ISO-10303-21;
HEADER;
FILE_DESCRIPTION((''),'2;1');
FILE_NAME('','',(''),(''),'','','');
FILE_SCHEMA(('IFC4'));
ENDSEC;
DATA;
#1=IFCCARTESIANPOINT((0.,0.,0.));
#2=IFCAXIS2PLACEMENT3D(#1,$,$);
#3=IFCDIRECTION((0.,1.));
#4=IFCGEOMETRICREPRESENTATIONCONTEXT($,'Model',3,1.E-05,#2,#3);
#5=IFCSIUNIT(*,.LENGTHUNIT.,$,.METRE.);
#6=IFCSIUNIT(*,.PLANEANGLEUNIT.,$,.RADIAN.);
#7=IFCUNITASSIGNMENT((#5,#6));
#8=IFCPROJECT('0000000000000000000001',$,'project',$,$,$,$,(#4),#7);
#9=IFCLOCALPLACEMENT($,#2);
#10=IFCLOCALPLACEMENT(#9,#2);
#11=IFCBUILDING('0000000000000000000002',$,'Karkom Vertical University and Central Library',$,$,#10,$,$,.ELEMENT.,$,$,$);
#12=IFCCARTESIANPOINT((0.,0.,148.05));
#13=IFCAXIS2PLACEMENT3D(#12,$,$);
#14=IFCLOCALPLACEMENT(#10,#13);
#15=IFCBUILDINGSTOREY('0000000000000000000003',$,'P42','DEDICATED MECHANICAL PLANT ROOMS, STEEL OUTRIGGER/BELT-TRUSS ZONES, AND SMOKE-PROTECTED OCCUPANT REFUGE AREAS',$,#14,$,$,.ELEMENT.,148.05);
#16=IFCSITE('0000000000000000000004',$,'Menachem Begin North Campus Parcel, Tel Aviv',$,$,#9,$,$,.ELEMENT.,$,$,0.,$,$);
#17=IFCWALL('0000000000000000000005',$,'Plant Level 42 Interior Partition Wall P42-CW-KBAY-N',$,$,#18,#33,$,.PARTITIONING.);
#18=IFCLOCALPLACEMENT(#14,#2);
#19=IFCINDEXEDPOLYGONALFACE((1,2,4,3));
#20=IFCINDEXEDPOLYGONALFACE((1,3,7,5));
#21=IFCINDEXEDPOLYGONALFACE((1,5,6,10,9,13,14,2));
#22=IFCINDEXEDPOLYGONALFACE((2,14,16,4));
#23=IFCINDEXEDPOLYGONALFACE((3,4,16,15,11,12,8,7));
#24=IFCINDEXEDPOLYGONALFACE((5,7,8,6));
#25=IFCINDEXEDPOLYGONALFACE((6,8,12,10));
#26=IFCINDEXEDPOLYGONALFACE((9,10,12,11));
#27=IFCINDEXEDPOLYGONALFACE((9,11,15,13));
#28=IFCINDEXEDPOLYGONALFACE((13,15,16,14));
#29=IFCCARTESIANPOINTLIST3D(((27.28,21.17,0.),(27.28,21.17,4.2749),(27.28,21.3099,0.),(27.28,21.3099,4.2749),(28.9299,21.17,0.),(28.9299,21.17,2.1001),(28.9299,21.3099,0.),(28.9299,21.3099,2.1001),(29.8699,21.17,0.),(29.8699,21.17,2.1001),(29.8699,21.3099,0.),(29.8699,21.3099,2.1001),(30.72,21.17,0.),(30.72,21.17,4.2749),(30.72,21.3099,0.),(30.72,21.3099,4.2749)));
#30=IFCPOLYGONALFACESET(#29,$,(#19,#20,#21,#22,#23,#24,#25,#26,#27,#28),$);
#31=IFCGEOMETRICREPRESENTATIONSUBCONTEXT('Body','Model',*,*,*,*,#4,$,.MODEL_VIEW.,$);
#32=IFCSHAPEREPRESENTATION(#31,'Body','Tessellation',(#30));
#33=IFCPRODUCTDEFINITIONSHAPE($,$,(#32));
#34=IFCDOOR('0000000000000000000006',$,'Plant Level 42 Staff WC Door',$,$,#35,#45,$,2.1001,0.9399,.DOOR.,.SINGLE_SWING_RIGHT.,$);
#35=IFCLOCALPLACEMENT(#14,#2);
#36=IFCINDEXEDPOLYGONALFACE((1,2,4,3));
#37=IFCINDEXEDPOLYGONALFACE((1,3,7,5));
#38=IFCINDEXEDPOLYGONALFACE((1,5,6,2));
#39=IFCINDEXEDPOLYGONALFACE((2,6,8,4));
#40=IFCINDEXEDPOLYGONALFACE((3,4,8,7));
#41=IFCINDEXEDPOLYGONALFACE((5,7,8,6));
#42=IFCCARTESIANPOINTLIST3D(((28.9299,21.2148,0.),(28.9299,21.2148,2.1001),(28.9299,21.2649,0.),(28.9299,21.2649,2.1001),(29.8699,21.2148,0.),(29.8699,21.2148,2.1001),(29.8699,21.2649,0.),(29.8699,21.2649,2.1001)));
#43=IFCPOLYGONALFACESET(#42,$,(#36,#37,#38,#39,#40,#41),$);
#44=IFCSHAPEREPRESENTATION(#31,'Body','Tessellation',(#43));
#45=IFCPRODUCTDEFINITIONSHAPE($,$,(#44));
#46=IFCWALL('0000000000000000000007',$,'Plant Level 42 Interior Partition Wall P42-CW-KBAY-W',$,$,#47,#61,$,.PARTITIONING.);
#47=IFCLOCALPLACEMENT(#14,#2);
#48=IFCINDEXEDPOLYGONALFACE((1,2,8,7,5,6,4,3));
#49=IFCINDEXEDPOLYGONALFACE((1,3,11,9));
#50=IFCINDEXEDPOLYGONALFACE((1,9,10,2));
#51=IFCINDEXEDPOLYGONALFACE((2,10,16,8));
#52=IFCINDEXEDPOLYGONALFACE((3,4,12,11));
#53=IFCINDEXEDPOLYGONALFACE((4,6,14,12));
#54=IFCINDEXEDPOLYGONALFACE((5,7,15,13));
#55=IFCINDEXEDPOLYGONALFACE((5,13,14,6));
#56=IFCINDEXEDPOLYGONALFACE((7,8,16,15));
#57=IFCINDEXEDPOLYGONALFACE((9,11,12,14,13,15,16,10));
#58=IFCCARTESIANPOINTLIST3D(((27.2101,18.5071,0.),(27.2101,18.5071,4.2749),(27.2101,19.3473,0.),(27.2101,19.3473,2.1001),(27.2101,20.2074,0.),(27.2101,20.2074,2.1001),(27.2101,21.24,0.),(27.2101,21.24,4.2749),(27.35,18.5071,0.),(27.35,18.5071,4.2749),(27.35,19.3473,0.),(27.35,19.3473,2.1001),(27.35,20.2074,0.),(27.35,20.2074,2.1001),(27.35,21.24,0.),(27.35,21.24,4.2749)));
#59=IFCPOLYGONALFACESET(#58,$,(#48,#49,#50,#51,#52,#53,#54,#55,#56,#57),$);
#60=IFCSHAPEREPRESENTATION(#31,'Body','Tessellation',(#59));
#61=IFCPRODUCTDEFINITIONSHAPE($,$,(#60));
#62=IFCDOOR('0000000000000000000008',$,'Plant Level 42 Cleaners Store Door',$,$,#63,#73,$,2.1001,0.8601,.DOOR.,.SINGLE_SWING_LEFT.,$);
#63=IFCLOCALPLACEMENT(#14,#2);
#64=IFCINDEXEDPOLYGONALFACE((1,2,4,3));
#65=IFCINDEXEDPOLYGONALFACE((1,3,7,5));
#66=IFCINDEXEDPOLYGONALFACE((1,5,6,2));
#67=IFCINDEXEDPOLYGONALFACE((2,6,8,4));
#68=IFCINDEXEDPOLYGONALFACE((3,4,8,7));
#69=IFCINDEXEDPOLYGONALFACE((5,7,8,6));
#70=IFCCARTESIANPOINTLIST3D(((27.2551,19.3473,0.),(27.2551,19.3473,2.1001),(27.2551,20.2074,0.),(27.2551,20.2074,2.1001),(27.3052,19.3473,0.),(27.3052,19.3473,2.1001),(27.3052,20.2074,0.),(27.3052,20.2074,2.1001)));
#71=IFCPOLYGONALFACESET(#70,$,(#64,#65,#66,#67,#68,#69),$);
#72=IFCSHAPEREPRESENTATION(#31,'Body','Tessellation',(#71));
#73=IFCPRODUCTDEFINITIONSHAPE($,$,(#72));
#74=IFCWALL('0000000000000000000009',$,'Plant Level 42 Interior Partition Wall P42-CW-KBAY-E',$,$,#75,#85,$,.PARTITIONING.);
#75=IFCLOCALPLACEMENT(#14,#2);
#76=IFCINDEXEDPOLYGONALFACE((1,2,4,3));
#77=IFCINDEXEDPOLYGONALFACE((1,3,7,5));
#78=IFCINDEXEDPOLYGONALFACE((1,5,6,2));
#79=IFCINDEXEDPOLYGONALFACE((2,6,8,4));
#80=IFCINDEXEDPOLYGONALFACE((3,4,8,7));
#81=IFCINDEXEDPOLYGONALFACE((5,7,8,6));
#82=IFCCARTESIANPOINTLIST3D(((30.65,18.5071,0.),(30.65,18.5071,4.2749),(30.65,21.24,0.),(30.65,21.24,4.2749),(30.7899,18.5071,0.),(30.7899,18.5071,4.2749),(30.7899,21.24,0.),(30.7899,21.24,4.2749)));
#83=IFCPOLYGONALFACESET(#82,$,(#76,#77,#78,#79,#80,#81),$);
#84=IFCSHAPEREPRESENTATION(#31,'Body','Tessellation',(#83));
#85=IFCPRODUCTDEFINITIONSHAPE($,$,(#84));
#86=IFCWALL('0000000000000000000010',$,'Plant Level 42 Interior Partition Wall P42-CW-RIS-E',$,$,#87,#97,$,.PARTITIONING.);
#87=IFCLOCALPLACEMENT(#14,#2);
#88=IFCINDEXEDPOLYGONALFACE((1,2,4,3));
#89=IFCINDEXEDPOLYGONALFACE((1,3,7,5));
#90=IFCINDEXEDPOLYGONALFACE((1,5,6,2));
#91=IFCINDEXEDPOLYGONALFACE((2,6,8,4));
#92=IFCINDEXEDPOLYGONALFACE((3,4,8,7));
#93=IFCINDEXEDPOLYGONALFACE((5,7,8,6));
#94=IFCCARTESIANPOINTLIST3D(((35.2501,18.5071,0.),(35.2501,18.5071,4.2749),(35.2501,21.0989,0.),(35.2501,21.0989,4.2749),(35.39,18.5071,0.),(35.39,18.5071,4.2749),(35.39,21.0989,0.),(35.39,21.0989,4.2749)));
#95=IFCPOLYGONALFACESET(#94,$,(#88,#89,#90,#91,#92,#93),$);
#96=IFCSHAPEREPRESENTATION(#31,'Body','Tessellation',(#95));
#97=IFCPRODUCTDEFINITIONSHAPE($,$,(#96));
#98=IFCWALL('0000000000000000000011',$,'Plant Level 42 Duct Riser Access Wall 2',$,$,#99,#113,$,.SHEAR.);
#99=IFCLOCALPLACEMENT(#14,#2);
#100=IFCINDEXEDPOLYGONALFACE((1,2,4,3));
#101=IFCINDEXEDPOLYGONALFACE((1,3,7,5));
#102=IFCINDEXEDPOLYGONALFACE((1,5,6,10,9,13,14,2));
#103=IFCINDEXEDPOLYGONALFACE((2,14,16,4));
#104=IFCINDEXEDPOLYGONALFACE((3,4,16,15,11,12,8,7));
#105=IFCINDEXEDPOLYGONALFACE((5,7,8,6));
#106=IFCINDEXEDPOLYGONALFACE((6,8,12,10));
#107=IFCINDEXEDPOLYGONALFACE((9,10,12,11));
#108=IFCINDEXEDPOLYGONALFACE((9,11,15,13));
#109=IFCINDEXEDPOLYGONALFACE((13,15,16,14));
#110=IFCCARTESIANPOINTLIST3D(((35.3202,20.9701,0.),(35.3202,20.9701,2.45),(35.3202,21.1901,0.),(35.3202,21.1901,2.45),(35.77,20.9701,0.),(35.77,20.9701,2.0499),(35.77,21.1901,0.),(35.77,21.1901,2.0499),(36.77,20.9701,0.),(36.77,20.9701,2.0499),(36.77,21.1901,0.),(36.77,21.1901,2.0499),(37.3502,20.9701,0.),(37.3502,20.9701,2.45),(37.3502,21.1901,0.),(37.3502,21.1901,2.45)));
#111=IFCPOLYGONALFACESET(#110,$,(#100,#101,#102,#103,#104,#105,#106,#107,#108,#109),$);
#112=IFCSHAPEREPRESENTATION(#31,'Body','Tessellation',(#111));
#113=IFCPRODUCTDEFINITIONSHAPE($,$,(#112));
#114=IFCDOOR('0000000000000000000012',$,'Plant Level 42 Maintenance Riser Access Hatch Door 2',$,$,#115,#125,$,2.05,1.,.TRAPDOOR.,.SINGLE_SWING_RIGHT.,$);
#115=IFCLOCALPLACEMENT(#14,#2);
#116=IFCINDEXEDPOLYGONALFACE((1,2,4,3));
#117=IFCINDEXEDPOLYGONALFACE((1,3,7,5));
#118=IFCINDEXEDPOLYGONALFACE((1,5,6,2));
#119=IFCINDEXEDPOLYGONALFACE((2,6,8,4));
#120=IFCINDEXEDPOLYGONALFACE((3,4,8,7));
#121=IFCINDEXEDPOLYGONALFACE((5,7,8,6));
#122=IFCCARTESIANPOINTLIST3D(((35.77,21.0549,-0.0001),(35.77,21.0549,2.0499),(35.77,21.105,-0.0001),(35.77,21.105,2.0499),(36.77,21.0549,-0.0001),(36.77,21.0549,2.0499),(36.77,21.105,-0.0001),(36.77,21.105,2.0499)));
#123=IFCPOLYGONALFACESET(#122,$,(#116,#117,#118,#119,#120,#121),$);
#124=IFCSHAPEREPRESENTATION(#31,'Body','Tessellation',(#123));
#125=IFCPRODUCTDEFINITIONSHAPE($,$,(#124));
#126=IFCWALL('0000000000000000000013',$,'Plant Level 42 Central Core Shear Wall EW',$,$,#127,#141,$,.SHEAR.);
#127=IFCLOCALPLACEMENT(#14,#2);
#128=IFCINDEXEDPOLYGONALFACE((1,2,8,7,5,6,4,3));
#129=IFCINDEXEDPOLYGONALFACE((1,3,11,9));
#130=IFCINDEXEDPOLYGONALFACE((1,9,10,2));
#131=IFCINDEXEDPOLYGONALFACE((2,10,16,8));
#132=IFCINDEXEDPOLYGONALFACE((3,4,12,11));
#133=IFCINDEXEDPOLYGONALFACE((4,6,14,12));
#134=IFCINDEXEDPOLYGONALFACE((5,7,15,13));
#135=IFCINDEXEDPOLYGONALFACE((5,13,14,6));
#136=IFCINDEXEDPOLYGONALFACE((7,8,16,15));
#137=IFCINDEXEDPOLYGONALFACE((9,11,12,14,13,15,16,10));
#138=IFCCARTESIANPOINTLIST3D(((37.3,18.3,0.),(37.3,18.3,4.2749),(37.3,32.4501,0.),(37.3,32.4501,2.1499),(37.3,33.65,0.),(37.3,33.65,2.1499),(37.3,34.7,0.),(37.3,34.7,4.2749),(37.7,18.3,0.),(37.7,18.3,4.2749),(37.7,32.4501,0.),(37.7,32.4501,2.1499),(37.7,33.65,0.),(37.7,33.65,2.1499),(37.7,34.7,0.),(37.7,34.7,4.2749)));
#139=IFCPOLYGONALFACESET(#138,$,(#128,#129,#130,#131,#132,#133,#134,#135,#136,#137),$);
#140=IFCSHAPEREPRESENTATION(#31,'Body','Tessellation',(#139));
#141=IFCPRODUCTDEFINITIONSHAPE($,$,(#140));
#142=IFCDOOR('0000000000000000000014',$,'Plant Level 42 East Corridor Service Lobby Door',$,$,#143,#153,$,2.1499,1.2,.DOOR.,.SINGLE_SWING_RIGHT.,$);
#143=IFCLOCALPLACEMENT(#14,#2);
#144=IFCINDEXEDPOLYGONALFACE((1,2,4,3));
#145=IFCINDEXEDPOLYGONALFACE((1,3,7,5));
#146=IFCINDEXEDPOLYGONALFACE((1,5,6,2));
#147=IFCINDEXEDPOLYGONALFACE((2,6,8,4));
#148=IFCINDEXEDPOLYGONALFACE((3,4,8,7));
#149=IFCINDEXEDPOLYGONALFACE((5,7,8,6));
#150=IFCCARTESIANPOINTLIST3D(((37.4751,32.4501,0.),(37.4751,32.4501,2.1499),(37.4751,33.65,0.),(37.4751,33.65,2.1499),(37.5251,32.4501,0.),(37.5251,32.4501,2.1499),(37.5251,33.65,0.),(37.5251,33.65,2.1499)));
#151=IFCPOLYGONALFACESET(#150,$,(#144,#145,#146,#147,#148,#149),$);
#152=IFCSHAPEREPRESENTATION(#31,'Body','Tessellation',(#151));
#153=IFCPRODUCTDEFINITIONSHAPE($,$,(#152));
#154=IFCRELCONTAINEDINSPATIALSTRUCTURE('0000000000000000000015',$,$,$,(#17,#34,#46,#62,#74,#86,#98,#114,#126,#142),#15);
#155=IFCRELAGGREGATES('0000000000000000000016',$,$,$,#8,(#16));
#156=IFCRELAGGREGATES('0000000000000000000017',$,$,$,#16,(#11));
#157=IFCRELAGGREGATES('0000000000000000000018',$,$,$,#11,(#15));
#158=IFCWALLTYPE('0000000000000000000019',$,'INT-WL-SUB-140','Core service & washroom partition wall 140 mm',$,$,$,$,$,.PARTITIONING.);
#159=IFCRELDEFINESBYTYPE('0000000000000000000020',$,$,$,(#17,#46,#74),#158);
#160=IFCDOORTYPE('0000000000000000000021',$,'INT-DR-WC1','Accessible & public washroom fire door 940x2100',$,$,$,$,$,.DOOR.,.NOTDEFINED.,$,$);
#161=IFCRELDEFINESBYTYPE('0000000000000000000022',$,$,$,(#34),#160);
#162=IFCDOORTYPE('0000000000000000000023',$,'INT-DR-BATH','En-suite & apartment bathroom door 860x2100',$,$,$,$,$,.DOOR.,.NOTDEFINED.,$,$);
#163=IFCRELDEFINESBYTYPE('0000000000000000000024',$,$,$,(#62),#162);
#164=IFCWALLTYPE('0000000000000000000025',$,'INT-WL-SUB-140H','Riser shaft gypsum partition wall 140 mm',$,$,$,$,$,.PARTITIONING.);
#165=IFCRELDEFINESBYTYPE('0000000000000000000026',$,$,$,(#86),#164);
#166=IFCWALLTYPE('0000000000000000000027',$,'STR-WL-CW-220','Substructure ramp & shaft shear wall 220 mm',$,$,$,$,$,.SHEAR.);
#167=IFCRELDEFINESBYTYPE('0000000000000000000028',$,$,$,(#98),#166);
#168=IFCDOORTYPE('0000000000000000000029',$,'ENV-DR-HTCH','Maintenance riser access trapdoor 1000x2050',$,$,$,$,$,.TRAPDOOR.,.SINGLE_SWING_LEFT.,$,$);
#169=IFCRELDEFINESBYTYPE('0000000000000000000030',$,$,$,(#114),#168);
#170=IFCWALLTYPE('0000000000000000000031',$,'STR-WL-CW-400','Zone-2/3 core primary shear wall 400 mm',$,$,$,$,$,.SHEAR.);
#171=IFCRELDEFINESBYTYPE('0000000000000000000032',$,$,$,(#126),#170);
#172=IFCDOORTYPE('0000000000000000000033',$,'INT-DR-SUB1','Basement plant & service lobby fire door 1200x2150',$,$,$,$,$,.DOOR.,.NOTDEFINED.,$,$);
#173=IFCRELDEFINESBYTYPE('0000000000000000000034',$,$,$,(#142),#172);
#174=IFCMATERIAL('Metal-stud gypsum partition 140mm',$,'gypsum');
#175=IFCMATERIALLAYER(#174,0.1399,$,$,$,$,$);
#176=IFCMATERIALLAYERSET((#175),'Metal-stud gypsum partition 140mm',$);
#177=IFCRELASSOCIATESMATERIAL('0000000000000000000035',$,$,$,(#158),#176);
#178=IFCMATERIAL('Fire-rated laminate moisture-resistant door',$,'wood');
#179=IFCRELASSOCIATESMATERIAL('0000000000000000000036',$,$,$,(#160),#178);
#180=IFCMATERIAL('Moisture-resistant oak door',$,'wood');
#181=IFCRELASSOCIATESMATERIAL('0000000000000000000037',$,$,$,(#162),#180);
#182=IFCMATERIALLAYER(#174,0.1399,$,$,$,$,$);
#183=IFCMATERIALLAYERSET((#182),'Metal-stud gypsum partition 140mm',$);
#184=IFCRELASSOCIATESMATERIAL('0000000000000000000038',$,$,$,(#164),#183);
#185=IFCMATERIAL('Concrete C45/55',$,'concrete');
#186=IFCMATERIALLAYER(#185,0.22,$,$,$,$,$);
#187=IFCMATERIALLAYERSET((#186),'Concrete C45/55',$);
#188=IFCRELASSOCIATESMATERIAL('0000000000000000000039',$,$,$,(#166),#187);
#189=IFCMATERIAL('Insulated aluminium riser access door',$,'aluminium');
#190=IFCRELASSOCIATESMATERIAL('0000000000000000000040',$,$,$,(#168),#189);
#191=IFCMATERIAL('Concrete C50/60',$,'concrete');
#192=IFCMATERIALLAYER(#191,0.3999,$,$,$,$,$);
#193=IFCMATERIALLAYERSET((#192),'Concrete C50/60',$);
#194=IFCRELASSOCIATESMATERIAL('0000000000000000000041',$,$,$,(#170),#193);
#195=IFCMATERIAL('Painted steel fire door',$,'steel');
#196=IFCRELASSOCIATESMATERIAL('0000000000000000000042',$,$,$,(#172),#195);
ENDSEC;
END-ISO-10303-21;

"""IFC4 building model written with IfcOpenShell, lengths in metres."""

from ifc_helpers import new_model, si_unit, direction, frame, frame_2d, origin, origin_with_axes, place, context, subcontext, project, spatial, rectangle, extrude, source, transform, mapped, material, layer, layer_set, type_object, element, fill, save


model = new_model("IFC4")

# Units and contexts
model_context = context("Model", 3, precision=1e-05, world=origin(), true_north=direction((0.0, 1.0)))
body_context = subcontext(model_context, "Body", "Model", "MODEL_VIEW")
ifc_project = project(units=[si_unit("LENGTHUNIT", "METRE"), si_unit("PLANEANGLEUNIT", "RADIAN")], contexts=[model_context])

# Site, building, storey
site_placement = place(None, origin())
site = spatial("IfcSite", under=ifc_project, at=site_placement, Name="Menachem Begin North Campus Parcel, Tel Aviv", CompositionType="ELEMENT", RefElevation=0.0)
building_placement = place(site_placement, origin())
building = spatial("IfcBuilding", under=site, at=building_placement, Name="Karkom Vertical University and Central Library", CompositionType="ELEMENT")
storey_placement = place(building_placement, frame((0.0, 0.0, 148.05)))
storey = spatial("IfcBuildingStorey", under=building, at=storey_placement, Name="P42", Description="DEDICATED MECHANICAL PLANT ROOMS, STEEL OUTRIGGER/BELT-TRUSS ZONES, AND SMOKE-PROTECTED OCCUPANT REFUGE AREAS", CompositionType="ELEMENT", Elevation=148.05)

# Shared definitions
ifc_material_1 = material(Name="Concrete C50/60", Category="concrete")

# Walls, openings, doors
ifc_material_2 = material(Name="Metal-stud gypsum partition 140mm", Category="gypsum")
ifc_layer_1 = layer(ifc_material_2, 0.1399)
ifc_layer_set_1 = layer_set([ifc_layer_1], Name="Metal-stud gypsum partition 140mm")
wall_type_1 = type_object("IfcWallType", Name="INT-WL-SUB-140", Description="Core service & washroom partition wall 140 mm", PredefinedType="PARTITIONING", material=ifc_layer_set_1)
wall_1_placement = place(storey_placement, frame((27.28, 21.24, 0.0), z_axis=(0.0, 0.0, 1.0), x_axis=(1.0, 0.0, 0.0)))
wall_1 = element("IfcWall", 1, at=wall_1_placement, inside=storey, type_object=wall_type_1, Name="Plant Level 42 Interior Partition Wall P42-CW-KBAY-N", PredefinedType="PARTITIONING", context=body_context, shape_type="SweptSolid", body=[
    extrude(rectangle(XDim=3.4399, YDim=0.1399, at=frame_2d((1.72, 0.0))), origin(), (0.0, 0.0, 1.0), 4.2749),
])
opening_1_placement = place(wall_1_placement, frame((1.6499, 0.0, 0.0)))
opening_1 = element("IfcOpeningElement", 2, at=opening_1_placement, cuts=wall_1, PredefinedType="OPENING", context=body_context, shape_type="SweptSolid", body=[
    extrude(rectangle(XDim=0.9399, YDim=2.1001, at=frame_2d((0.47, 1.05))), frame((0.0, 0.0801, 0.0), z_axis=(0.0, -1.0, 0.0), x_axis=(1.0, 0.0, 0.0)), (0.0, 0.0, 1.0), 0.1599),
])
ifc_material_3 = material(Name="Fire-rated laminate moisture-resistant door", Category="wood")
door_type_1 = type_object("IfcDoorType", Name="INT-DR-WC1", Description="Accessible & public washroom fire door 940x2100", OperationType="NOTDEFINED", PredefinedType="DOOR", material=ifc_material_3)
shared_shape_1 = source(origin_with_axes(), body_context, "Body", "SweptSolid", [
    extrude(rectangle(XDim=0.9399, YDim=2.1001, at=frame_2d((0.47, 1.05))), frame((0.0, 0.0249, 0.0), z_axis=(0.0, -1.0, 0.0), x_axis=(1.0, 0.0, 0.0)), (0.0, 0.0, 1.0), 0.05),
])
door_1_placement = place(opening_1_placement, origin())
door_1 = element("IfcDoor", 3, at=door_1_placement, inside=storey, type_object=door_type_1, Name="Plant Level 42 Staff WC Door", OperationType="SINGLE_SWING_RIGHT", OverallHeight=2.1001, OverallWidth=0.9399, PredefinedType="DOOR", context=body_context, shape_type="MappedRepresentation", body=[
    mapped(shared_shape_1, transform((0.0, 0.0, 0.0), scale=1.0)),
])
fill(opening_1, door_1)
wall_2_placement = place(storey_placement, frame((27.28, 18.5071, 0.0), z_axis=(0.0, 0.0, 1.0), x_axis=(0.0, 1.0, 0.0)))
wall_2 = element("IfcWall", 4, at=wall_2_placement, inside=storey, type_object=wall_type_1, Name="Plant Level 42 Interior Partition Wall P42-CW-KBAY-W", PredefinedType="PARTITIONING", context=body_context, shape_type="SweptSolid", body=[
    extrude(rectangle(XDim=2.7329, YDim=0.1399, at=frame_2d((1.3665, 0.0))), origin(), (0.0, 0.0, 1.0), 4.2749),
])
opening_2_placement = place(wall_2_placement, frame((0.8401, 0.0, 0.0)))
opening_2 = element("IfcOpeningElement", 5, at=opening_2_placement, cuts=wall_2, PredefinedType="OPENING", context=body_context, shape_type="SweptSolid", body=[
    extrude(rectangle(XDim=0.8601, YDim=2.1001, at=frame_2d((0.4302, 1.05))), frame((0.0, 0.0801, 0.0), z_axis=(0.0, -1.0, 0.0), x_axis=(1.0, 0.0, 0.0)), (0.0, 0.0, 1.0), 0.1599),
])
ifc_material_4 = material(Name="Moisture-resistant oak door", Category="wood")
door_type_2 = type_object("IfcDoorType", Name="INT-DR-BATH", Description="En-suite & apartment bathroom door 860x2100", OperationType="NOTDEFINED", PredefinedType="DOOR", material=ifc_material_4)
shared_shape_2 = source(origin_with_axes(), body_context, "Body", "SweptSolid", [
    extrude(rectangle(XDim=0.8601, YDim=2.1001, at=frame_2d((0.4302, 1.05))), frame((0.0, 0.0249, 0.0), z_axis=(0.0, -1.0, 0.0), x_axis=(1.0, 0.0, 0.0)), (0.0, 0.0, 1.0), 0.05),
])
door_2_placement = place(opening_2_placement, origin())
door_2 = element("IfcDoor", 6, at=door_2_placement, inside=storey, type_object=door_type_2, Name="Plant Level 42 Cleaners Store Door", OperationType="SINGLE_SWING_LEFT", OverallHeight=2.1001, OverallWidth=0.8601, PredefinedType="DOOR", context=body_context, shape_type="MappedRepresentation", body=[
    mapped(shared_shape_2, transform((0.0, 0.0, 0.0), scale=1.0)),
])
fill(opening_2, door_2)

# Walls
wall_3_placement = place(storey_placement, frame((30.72, 18.5071, 0.0), z_axis=(0.0, 0.0, 1.0), x_axis=(0.0, 1.0, 0.0)))
element("IfcWall", 7, at=wall_3_placement, inside=storey, type_object=wall_type_1, Name="Plant Level 42 Interior Partition Wall P42-CW-KBAY-E", PredefinedType="PARTITIONING", context=body_context, shape_type="SweptSolid", body=[
    extrude(rectangle(XDim=2.7329, YDim=0.1399, at=frame_2d((1.3665, 0.0))), origin(), (0.0, 0.0, 1.0), 4.2749),
])
ifc_layer_2 = layer(ifc_material_2, 0.1399)
ifc_layer_set_2 = layer_set([ifc_layer_2], Name="Metal-stud gypsum partition 140mm")
wall_type_2 = type_object("IfcWallType", Name="INT-WL-SUB-140H", Description="Riser shaft gypsum partition wall 140 mm", PredefinedType="PARTITIONING", material=ifc_layer_set_2)
wall_4_placement = place(storey_placement, frame((35.3201, 18.5071, 0.0), z_axis=(0.0, 0.0, 1.0), x_axis=(0.0, 1.0, 0.0)))
element("IfcWall", 8, at=wall_4_placement, inside=storey, type_object=wall_type_2, Name="Plant Level 42 Interior Partition Wall P42-CW-RIS-E", PredefinedType="PARTITIONING", context=body_context, shape_type="SweptSolid", body=[
    extrude(rectangle(XDim=2.5918, YDim=0.1399, at=frame_2d((1.2959, 0.0))), origin(), (0.0, 0.0, 1.0), 4.2749),
])

# Walls, openings, doors
ifc_material_5 = material(Name="Concrete C45/55", Category="concrete")
ifc_layer_3 = layer(ifc_material_5, 0.22)
ifc_layer_set_3 = layer_set([ifc_layer_3], Name="Concrete C45/55")
wall_type_3 = type_object("IfcWallType", Name="STR-WL-CW-220", Description="Substructure ramp & shaft shear wall 220 mm", PredefinedType="SHEAR", material=ifc_layer_set_3)
wall_5_placement = place(storey_placement, frame((35.3201, 21.0801, 0.0), z_axis=(0.0, 0.0, 1.0), x_axis=(1.0, 0.0, 0.0)))
wall_5 = element("IfcWall", 9, at=wall_5_placement, inside=storey, type_object=wall_type_3, Name="Plant Level 42 Duct Riser Access Wall 2", PredefinedType="SHEAR", context=body_context, shape_type="SweptSolid", body=[
    extrude(rectangle(XDim=2.03, YDim=0.22, at=frame_2d((1.0151, 0.0))), origin(), (0.0, 0.0, 1.0), 2.45),
])
opening_3_placement = place(wall_5_placement, frame((0.45, 0.0, 0.0)))
opening_3 = element("IfcOpeningElement", 10, at=opening_3_placement, cuts=wall_5, PredefinedType="OPENING", context=body_context, shape_type="SweptSolid", body=[
    extrude(rectangle(XDim=1.0, YDim=2.05, at=frame_2d((0.5, 1.0249))), frame((0.0, 0.1201, 0.0), z_axis=(0.0, -1.0, 0.0), x_axis=(1.0, 0.0, 0.0)), (0.0, 0.0, 1.0), 0.24),
])
ifc_material_6 = material(Name="Insulated aluminium riser access door", Category="aluminium")
door_type_3 = type_object("IfcDoorType", Name="ENV-DR-HTCH", Description="Maintenance riser access trapdoor 1000x2050", OperationType="SINGLE_SWING_LEFT", PredefinedType="TRAPDOOR", material=ifc_material_6)
shared_shape_3 = source(origin_with_axes(), body_context, "Body", "SweptSolid", [
    extrude(rectangle(XDim=1.0, YDim=2.05, at=frame_2d((0.5, 1.0249))), frame((0.0, 0.0249, 0.0), z_axis=(0.0, -1.0, 0.0), x_axis=(1.0, 0.0, 0.0)), (0.0, 0.0, 1.0), 0.05),
])
door_3_placement = place(opening_3_placement, origin())
door_3 = element("IfcDoor", 11, at=door_3_placement, inside=storey, type_object=door_type_3, Name="Plant Level 42 Maintenance Riser Access Hatch Door 2", OperationType="SINGLE_SWING_RIGHT", OverallHeight=2.05, OverallWidth=1.0, PredefinedType="TRAPDOOR", context=body_context, shape_type="MappedRepresentation", body=[
    mapped(shared_shape_3, transform((0.0, 0.0, 0.0), scale=1.0)),
])
fill(opening_3, door_3)
ifc_layer_4 = layer(ifc_material_1, 0.3999)
ifc_layer_set_4 = layer_set([ifc_layer_4], Name="Concrete C50/60")
wall_type_4 = type_object("IfcWallType", Name="STR-WL-CW-400", Description="Zone-2/3 core primary shear wall 400 mm", PredefinedType="SHEAR", material=ifc_layer_set_4)
wall_6_placement = place(storey_placement, frame((37.5, 18.3, 0.0), z_axis=(0.0, 0.0, 1.0), x_axis=(0.0, 1.0, 0.0)))
wall_6 = element("IfcWall", 12, at=wall_6_placement, inside=storey, type_object=wall_type_4, Name="Plant Level 42 Central Core Shear Wall EW", PredefinedType="SHEAR", context=body_context, shape_type="SweptSolid", body=[
    extrude(rectangle(XDim=16.3999, YDim=0.3999, at=frame_2d((8.2, 0.0))), origin(), (0.0, 0.0, 1.0), 4.2749),
])
opening_4_placement = place(wall_6_placement, frame((14.1499, 0.0, 0.0)))
opening_4 = element("IfcOpeningElement", 13, at=opening_4_placement, cuts=wall_6, PredefinedType="OPENING", context=body_context, shape_type="SweptSolid", body=[
    extrude(rectangle(XDim=1.2, YDim=2.1499, at=frame_2d((0.6001, 1.075))), frame((0.0, 0.21, 0.0), z_axis=(0.0, -1.0, 0.0), x_axis=(1.0, 0.0, 0.0)), (0.0, 0.0, 1.0), 0.4199),
])
ifc_material_7 = material(Name="Painted steel fire door", Category="steel")
door_type_4 = type_object("IfcDoorType", Name="INT-DR-SUB1", Description="Basement plant & service lobby fire door 1200x2150", OperationType="NOTDEFINED", PredefinedType="DOOR", material=ifc_material_7)
shared_shape_4 = source(origin_with_axes(), body_context, "Body", "SweptSolid", [
    extrude(rectangle(XDim=1.2, YDim=2.1499, at=frame_2d((0.6001, 1.075))), frame((0.0, 0.0249, 0.0), z_axis=(0.0, -1.0, 0.0), x_axis=(1.0, 0.0, 0.0)), (0.0, 0.0, 1.0), 0.05),
])
door_4_placement = place(opening_4_placement, origin())
door_4 = element("IfcDoor", 14, at=door_4_placement, inside=storey, type_object=door_type_4, Name="Plant Level 42 East Corridor Service Lobby Door", OperationType="SINGLE_SWING_RIGHT", OverallHeight=2.1499, OverallWidth=1.2, PredefinedType="DOOR", context=body_context, shape_type="MappedRepresentation", body=[
    mapped(shared_shape_4, transform((0.0, 0.0, 0.0), scale=1.0)),
])
fill(opening_4, door_4)

save(model, "model.ifc")
